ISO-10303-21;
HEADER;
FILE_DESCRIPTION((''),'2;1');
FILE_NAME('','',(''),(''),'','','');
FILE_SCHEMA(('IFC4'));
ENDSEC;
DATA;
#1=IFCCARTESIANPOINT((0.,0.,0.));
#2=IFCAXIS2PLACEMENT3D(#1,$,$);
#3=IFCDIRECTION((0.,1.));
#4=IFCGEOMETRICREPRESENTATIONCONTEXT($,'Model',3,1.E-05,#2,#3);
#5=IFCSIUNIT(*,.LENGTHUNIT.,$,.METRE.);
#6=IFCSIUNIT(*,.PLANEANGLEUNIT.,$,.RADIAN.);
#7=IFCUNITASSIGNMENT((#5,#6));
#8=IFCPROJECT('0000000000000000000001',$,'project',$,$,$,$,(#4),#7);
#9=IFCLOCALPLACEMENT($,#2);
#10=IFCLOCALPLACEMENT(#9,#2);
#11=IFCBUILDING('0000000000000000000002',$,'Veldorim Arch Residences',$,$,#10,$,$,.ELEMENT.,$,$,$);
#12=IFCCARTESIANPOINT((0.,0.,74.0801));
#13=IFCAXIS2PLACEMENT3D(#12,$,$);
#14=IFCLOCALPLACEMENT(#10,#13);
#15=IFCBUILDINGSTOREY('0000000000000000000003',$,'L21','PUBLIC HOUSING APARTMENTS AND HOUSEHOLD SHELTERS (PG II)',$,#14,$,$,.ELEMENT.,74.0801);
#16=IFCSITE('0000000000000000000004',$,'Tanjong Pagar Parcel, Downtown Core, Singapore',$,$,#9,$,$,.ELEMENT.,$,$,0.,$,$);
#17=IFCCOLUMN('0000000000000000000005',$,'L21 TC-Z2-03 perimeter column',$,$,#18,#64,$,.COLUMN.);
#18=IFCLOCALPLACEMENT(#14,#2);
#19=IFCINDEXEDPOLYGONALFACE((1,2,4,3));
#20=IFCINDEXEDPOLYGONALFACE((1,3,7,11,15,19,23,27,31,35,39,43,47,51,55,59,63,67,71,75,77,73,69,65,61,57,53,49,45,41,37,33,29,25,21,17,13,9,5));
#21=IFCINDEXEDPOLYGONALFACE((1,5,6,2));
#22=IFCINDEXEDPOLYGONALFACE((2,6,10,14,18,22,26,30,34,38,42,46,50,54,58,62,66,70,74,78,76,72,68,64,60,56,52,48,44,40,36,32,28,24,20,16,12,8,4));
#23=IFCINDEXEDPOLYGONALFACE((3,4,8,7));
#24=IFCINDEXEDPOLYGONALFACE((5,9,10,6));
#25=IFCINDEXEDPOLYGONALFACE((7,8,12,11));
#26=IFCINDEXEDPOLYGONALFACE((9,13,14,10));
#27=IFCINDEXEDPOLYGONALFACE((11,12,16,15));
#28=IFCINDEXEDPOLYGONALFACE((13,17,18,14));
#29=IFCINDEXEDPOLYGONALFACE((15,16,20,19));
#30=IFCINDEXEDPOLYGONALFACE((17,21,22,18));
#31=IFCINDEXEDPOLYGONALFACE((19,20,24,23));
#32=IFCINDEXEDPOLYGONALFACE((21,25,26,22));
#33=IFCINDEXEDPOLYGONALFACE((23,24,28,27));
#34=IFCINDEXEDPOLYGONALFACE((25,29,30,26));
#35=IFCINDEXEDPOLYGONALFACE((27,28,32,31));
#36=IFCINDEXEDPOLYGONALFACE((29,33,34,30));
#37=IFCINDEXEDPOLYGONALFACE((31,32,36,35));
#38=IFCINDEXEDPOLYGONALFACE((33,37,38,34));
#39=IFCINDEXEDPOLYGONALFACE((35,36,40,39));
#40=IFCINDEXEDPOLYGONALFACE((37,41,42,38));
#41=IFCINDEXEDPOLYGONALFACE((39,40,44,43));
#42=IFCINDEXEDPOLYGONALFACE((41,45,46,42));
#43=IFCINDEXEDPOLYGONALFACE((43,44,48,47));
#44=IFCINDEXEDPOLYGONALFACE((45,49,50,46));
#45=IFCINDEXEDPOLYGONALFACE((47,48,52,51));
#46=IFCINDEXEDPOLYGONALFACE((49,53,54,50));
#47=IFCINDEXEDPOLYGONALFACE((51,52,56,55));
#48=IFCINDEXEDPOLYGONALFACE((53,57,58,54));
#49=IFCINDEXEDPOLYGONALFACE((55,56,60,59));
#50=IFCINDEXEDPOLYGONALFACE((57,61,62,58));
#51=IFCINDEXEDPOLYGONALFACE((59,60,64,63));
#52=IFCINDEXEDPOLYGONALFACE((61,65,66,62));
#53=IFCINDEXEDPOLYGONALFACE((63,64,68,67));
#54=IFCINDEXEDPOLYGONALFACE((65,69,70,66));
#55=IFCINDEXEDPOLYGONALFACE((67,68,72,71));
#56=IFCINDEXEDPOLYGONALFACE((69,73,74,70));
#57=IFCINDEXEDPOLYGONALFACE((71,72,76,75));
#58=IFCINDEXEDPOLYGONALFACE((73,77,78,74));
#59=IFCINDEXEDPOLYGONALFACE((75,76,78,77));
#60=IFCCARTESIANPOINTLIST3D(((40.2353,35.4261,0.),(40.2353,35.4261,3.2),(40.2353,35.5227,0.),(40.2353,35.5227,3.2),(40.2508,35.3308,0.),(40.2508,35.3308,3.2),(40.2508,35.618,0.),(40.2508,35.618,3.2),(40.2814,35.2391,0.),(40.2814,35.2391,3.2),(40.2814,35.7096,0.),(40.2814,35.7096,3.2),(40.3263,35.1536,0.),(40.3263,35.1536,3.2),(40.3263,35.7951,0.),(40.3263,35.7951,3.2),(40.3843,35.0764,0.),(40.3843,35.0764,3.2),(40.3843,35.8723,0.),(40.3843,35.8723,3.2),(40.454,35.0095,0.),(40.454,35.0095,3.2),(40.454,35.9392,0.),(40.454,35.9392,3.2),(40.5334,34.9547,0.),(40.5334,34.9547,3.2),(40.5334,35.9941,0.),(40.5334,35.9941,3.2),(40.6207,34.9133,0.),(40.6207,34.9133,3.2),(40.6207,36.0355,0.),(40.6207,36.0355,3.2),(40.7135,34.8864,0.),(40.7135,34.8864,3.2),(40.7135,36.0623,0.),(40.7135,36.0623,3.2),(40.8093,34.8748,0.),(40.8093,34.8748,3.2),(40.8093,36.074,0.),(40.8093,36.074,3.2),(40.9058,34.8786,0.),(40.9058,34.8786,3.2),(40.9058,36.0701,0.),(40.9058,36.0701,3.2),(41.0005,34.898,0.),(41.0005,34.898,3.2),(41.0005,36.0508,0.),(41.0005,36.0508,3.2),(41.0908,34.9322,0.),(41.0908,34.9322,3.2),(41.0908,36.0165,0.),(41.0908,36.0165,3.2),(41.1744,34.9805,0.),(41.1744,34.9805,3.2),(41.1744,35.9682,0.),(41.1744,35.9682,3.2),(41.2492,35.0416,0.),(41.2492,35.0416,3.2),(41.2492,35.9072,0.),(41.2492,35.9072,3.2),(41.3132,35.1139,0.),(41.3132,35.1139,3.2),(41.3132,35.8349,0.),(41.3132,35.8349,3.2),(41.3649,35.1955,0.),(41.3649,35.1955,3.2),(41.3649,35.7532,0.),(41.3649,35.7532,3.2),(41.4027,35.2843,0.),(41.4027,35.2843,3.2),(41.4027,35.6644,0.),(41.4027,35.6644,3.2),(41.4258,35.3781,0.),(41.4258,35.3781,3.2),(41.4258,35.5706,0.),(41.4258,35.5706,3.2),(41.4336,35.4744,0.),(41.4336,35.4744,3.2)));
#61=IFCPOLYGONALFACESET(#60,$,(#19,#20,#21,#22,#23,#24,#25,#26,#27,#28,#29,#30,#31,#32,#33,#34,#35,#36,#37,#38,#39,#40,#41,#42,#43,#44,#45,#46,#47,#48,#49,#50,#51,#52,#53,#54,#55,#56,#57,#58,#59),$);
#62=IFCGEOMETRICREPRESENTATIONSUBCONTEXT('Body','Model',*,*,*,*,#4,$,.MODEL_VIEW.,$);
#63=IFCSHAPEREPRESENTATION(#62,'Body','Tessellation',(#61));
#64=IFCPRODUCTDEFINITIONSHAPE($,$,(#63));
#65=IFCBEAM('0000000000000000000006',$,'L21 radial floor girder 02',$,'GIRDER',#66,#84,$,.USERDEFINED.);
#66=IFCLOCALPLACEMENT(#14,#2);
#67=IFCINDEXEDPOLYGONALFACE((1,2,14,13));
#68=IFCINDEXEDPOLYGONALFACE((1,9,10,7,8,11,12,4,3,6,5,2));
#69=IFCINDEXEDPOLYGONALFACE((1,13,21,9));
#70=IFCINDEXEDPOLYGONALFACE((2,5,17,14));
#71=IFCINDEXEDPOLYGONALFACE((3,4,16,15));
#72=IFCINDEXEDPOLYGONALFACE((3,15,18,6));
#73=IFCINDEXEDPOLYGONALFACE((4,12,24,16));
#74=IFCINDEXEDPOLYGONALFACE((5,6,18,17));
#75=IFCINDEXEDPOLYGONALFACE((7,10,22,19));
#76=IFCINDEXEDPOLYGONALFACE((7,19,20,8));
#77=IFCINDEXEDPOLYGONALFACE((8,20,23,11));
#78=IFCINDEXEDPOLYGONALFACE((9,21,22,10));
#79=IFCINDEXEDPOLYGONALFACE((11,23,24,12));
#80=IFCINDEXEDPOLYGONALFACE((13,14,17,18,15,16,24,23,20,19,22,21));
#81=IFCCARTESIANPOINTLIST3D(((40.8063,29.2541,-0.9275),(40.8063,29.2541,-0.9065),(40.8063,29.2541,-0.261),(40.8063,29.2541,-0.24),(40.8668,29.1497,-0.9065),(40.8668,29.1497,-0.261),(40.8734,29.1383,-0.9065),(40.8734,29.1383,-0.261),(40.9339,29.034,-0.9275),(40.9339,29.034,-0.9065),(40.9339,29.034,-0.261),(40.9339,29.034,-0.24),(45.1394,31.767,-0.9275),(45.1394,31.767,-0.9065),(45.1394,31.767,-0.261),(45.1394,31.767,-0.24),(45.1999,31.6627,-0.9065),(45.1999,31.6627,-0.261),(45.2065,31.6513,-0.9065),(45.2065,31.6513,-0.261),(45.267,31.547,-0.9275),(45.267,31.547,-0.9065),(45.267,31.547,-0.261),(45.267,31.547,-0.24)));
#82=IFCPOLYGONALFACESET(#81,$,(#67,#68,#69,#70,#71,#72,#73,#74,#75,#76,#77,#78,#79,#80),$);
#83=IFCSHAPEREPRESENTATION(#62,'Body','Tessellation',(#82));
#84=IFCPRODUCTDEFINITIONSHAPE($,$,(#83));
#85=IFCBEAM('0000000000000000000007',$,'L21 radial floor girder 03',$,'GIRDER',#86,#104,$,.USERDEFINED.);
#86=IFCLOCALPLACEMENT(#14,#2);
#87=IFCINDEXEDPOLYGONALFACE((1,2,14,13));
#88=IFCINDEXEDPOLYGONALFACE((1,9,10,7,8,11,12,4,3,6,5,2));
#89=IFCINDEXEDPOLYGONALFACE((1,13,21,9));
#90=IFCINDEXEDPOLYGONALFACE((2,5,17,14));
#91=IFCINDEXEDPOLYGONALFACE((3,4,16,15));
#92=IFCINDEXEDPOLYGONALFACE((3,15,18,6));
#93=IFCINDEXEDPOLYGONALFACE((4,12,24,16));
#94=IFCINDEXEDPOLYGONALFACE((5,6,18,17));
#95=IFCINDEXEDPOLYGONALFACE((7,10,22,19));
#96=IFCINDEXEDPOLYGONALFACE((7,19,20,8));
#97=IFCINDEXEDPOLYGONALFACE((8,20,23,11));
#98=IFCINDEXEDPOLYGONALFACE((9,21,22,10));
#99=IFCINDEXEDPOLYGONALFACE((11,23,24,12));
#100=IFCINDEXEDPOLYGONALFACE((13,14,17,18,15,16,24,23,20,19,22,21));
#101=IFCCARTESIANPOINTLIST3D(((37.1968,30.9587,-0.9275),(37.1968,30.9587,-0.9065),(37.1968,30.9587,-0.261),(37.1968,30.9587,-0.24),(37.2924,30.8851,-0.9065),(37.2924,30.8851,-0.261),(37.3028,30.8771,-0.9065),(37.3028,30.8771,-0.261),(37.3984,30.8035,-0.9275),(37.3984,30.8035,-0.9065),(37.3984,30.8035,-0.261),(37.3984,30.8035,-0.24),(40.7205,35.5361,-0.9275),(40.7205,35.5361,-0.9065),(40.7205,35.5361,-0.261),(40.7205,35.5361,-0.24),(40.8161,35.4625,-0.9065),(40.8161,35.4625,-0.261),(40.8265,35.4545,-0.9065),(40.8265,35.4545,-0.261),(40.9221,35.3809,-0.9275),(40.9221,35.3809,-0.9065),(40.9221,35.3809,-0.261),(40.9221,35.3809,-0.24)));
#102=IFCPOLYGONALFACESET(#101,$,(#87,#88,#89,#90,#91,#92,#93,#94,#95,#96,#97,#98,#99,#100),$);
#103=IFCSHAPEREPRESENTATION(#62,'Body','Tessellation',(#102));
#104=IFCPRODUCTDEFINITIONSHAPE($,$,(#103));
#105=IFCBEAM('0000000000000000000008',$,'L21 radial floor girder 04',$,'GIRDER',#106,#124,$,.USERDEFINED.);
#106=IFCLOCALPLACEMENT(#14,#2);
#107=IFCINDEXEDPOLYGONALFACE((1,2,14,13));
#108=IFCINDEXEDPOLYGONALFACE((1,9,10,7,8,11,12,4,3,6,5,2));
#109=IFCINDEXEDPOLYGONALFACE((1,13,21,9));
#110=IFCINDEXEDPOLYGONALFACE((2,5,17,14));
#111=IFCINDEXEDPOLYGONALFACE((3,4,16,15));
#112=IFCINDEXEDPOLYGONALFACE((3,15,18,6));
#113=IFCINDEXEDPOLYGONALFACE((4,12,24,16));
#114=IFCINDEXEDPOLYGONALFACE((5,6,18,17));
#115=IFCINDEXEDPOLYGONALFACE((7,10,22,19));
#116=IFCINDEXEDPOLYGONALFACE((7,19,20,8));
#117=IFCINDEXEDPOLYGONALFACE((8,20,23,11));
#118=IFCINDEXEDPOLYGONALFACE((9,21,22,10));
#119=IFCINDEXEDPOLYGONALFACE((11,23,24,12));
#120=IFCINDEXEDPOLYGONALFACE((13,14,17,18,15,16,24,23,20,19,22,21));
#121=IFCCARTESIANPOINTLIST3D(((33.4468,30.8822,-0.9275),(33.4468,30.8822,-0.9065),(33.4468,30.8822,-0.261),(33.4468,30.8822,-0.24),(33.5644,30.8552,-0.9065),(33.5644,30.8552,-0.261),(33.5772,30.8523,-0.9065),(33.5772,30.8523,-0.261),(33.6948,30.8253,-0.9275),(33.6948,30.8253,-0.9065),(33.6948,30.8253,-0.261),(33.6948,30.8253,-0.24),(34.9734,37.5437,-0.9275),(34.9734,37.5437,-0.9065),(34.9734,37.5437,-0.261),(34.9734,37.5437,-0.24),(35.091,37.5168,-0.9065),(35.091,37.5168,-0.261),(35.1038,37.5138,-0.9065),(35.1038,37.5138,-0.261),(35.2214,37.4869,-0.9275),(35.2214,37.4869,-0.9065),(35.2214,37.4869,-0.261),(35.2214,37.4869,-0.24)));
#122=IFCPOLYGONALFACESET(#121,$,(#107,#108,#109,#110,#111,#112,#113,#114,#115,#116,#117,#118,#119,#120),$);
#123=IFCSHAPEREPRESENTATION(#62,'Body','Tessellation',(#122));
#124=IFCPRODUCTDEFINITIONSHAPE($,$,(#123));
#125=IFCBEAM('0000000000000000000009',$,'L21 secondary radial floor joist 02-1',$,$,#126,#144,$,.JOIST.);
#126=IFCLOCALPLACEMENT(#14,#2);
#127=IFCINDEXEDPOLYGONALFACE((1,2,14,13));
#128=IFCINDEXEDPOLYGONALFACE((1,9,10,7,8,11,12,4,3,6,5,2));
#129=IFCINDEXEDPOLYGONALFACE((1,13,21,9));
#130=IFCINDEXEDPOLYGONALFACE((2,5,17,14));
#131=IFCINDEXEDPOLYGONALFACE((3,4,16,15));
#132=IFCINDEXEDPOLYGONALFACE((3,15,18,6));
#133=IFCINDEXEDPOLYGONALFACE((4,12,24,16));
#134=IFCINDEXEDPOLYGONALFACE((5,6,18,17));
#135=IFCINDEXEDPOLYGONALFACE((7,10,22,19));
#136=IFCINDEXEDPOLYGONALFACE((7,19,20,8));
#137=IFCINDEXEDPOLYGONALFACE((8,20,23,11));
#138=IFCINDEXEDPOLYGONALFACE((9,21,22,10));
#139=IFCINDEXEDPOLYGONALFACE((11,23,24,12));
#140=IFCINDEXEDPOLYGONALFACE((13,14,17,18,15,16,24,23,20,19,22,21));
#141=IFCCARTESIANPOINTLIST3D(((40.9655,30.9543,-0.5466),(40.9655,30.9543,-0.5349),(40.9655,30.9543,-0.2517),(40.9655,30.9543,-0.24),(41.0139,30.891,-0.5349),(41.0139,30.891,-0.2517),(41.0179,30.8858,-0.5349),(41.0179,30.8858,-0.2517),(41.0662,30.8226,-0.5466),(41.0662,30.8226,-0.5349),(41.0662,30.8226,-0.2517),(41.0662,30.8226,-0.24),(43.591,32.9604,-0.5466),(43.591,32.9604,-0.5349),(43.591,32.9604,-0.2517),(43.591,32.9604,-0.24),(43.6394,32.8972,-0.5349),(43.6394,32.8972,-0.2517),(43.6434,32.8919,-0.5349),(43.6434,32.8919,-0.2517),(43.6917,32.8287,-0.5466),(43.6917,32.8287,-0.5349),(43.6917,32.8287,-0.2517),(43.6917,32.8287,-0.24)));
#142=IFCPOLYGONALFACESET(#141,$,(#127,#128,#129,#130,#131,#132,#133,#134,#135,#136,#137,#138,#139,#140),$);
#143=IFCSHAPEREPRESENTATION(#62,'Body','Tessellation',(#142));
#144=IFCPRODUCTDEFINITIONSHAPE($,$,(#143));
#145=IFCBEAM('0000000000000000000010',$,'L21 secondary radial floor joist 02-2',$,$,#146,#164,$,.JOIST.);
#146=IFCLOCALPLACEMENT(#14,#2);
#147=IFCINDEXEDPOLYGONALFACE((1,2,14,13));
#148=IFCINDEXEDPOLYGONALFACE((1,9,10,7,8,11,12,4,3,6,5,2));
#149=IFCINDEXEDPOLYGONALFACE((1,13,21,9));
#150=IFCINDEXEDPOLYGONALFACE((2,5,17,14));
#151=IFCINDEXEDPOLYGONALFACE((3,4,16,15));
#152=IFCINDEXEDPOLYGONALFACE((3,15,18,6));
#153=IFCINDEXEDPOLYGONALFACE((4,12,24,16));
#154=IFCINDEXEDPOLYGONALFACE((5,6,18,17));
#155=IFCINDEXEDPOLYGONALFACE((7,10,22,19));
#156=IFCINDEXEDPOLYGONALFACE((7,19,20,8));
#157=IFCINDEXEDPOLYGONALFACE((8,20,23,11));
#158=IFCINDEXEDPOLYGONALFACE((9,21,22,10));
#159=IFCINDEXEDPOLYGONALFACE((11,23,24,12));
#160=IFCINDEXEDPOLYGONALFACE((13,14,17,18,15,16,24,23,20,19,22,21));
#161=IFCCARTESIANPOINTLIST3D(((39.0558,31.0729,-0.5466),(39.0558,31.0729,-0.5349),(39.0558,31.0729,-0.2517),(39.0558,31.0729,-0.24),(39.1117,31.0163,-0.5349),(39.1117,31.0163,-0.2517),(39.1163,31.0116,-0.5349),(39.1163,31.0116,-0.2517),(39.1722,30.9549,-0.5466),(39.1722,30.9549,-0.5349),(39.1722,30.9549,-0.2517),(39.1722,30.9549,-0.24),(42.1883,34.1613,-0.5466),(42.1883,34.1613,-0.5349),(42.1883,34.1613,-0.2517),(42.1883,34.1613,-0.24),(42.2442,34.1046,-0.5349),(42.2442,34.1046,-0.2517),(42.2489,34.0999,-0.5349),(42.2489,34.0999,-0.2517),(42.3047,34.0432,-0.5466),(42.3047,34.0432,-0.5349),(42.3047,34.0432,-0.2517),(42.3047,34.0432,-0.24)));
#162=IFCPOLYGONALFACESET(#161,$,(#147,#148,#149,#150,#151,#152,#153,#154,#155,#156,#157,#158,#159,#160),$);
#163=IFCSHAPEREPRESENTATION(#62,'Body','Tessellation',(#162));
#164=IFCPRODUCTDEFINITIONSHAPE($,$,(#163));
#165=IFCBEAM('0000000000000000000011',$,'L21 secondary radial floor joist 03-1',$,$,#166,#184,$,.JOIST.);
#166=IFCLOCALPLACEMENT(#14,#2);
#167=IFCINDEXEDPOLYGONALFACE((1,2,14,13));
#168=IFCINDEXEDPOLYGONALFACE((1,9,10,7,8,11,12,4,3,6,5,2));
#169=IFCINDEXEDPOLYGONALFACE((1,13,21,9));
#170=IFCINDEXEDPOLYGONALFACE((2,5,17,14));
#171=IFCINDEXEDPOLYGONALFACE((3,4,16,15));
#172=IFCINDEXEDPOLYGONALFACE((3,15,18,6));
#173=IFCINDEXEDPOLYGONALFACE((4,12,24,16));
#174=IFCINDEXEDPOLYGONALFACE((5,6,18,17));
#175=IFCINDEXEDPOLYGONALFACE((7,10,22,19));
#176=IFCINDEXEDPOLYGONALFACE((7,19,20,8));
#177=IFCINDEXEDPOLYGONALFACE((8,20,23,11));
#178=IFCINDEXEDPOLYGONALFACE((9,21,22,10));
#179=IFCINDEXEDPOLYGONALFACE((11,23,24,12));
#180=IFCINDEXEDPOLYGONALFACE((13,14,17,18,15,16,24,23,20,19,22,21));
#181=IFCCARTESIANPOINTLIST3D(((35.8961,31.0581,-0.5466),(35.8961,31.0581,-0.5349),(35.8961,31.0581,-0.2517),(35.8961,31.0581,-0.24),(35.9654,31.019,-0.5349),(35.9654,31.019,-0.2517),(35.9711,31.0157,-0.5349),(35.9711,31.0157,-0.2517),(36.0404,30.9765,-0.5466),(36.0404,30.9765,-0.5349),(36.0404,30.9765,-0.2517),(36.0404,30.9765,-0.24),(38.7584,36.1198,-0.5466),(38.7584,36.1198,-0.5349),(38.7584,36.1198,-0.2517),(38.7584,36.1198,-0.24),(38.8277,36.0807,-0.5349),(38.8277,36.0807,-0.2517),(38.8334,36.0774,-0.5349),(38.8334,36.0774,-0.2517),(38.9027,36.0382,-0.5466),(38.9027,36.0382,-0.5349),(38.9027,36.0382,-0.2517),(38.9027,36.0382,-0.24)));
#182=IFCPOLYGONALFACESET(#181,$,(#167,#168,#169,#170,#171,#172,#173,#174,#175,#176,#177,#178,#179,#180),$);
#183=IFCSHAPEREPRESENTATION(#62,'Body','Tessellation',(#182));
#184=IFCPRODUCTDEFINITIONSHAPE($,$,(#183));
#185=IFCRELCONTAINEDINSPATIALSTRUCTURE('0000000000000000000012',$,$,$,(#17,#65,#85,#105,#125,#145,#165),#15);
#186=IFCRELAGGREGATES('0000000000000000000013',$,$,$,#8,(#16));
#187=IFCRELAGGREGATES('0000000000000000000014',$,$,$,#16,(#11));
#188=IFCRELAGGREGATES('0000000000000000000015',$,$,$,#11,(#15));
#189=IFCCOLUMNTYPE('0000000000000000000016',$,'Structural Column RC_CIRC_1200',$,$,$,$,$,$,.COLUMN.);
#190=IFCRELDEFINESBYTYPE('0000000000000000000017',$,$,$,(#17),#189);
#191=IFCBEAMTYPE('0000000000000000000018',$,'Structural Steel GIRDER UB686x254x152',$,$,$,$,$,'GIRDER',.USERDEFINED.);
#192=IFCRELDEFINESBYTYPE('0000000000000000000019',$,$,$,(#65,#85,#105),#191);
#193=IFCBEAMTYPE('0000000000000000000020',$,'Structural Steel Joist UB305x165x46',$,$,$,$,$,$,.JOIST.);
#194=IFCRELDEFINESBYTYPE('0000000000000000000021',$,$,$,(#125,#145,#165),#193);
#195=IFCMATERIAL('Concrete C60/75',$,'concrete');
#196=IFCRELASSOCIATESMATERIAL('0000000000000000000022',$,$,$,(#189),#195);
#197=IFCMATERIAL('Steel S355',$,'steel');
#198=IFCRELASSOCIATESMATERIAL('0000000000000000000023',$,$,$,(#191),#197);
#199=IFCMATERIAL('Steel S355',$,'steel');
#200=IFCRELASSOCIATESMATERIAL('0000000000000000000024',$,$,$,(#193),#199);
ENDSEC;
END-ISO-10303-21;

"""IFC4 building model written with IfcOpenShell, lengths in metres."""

from ifc_helpers import new_model, si_unit, direction, frame, origin, origin_2d, place, context, subcontext, project, spatial, circle, i_section, extrude, material, material_profile, profile_set, type_object, element, save


model = new_model("IFC4")

# Units and contexts
model_context = context("Model", 3, precision=1e-05, world=origin(), true_north=direction((0.0, 1.0)))
body_context = subcontext(model_context, "Body", "Model", "MODEL_VIEW")
ifc_project = project(units=[si_unit("LENGTHUNIT", "METRE"), si_unit("PLANEANGLEUNIT", "RADIAN")], contexts=[model_context])

# Site, building, storey
site_placement = place(None, origin())
site = spatial("IfcSite", under=ifc_project, at=site_placement, Name="Tanjong Pagar Parcel, Downtown Core, Singapore", CompositionType="ELEMENT", RefElevation=0.0)
building_placement = place(site_placement, origin())
building = spatial("IfcBuilding", under=site, at=building_placement, Name="Veldorim Arch Residences", CompositionType="ELEMENT")
storey_placement = place(building_placement, frame((0.0, 0.0, 74.0801)))
storey = spatial("IfcBuildingStorey", under=building, at=storey_placement, Name="L21", Description="PUBLIC HOUSING APARTMENTS AND HOUSEHOLD SHELTERS (PG II)", CompositionType="ELEMENT", Elevation=74.0801)

# Column
ifc_material_1 = material(Name="Concrete C60/75", Category="concrete")
ifc_material_profile_1 = material_profile(ifc_material_1, circle(Radius=0.6001, at=origin_2d()), Name="RC_CIRC_1200")
ifc_profile_set_1 = profile_set([ifc_material_profile_1], Name="Concrete C60/75")
column_type = type_object("IfcColumnType", Name="Structural Column RC_CIRC_1200", PredefinedType="COLUMN", material=ifc_profile_set_1)
column_placement = place(storey_placement, frame((40.8335, 35.4744, 0.0), z_axis=(0.0, 0.0, 1.0), x_axis=(1.0, 0.0, 0.0)))
element("IfcColumn", 1, at=column_placement, inside=storey, type_object=column_type, Name="L21 TC-Z2-03 perimeter column", PredefinedType="COLUMN", context=body_context, shape_type="SweptSolid", body=[
    extrude(circle(Radius=0.6001, at=origin_2d()), origin(), (0.0, 0.0, 1.0), 3.2),
])

# Beams
ifc_material_2 = material(Name="Steel S355", Category="steel")
ifc_material_profile_2 = material_profile(ifc_material_2, i_section(OverallWidth=0.2544, OverallDepth=0.6875, WebThickness=0.0132, FlangeThickness=0.021, at=origin_2d()), Name="UB686x254x152")
ifc_profile_set_2 = profile_set([ifc_material_profile_2], Name="Steel S355")
beam_type_1 = type_object("IfcBeamType", Name="Structural Steel GIRDER UB686x254x152", ElementType="GIRDER", PredefinedType="USERDEFINED", material=ifc_profile_set_2)
beam_1_placement = place(storey_placement, frame((40.8701, 29.144, -0.5837), z_axis=(0.865049, 0.501687, 0.0), x_axis=(-0.501687, 0.865049, 0.0)))
element("IfcBeam", 2, at=beam_1_placement, inside=storey, type_object=beam_type_1, Name="L21 radial floor girder 02", ObjectType="GIRDER", PredefinedType="USERDEFINED", context=body_context, shape_type="SweptSolid", body=[
    extrude(i_section(OverallWidth=0.2544, OverallDepth=0.6875, WebThickness=0.0132, FlangeThickness=0.021, at=origin_2d()), origin(), (0.0, 0.0, 1.0), 5.009),
])
beam_2_placement = place(storey_placement, frame((37.2976, 30.8811, -0.5837), z_axis=(0.609995, 0.792406, 0.0), x_axis=(-0.792406, 0.609995, 0.0)))
element("IfcBeam", 3, at=beam_2_placement, inside=storey, type_object=beam_type_1, Name="L21 radial floor girder 03", ObjectType="GIRDER", PredefinedType="USERDEFINED", context=body_context, shape_type="SweptSolid", body=[
    extrude(i_section(OverallWidth=0.2544, OverallDepth=0.6875, WebThickness=0.0132, FlangeThickness=0.021, at=origin_2d()), origin(), (0.0, 0.0, 1.0), 5.7766),
])
beam_3_placement = place(storey_placement, frame((33.5708, 30.8538, -0.5837), z_axis=(0.223375, 0.974733, 0.0), x_axis=(-0.974733, 0.223375, 0.0)))
element("IfcBeam", 4, at=beam_3_placement, inside=storey, type_object=beam_type_1, Name="L21 radial floor girder 04", ObjectType="GIRDER", PredefinedType="USERDEFINED", context=body_context, shape_type="SweptSolid", body=[
    extrude(i_section(OverallWidth=0.2544, OverallDepth=0.6875, WebThickness=0.0132, FlangeThickness=0.021, at=origin_2d()), origin(), (0.0, 0.0, 1.0), 6.8342),
])
ifc_material_3 = material(Name="Steel S355", Category="steel")
ifc_material_profile_3 = material_profile(ifc_material_3, i_section(OverallWidth=0.1658, OverallDepth=0.3066, WebThickness=0.0066, FlangeThickness=0.0117, at=origin_2d()), Name="UB305x165x46")
ifc_profile_set_3 = profile_set([ifc_material_profile_3], Name="Steel S355")
beam_type_2 = type_object("IfcBeamType", Name="Structural Steel Joist UB305x165x46", PredefinedType="JOIST", material=ifc_profile_set_3)
beam_4_placement = place(storey_placement, frame((41.0159, 30.8884, -0.3933), z_axis=(0.794595, 0.60714, 0.0), x_axis=(-0.60714, 0.794595, 0.0)))
element("IfcBeam", 5, at=beam_4_placement, inside=storey, type_object=beam_type_2, Name="L21 secondary radial floor joist 02-1", PredefinedType="JOIST", context=body_context, shape_type="SweptSolid", body=[
    extrude(i_section(OverallWidth=0.1658, OverallDepth=0.3066, WebThickness=0.0066, FlangeThickness=0.0117, at=origin_2d()), origin(), (0.0, 0.0, 1.0), 3.3042),
])
beam_5_placement = place(storey_placement, frame((39.114, 31.0139, -0.3933), z_axis=(0.712112, 0.702066, 0.0), x_axis=(-0.702066, 0.712112, 0.0)))
element("IfcBeam", 6, at=beam_5_placement, inside=storey, type_object=beam_type_2, Name="L21 secondary radial floor joist 02-2", PredefinedType="JOIST", context=body_context, shape_type="SweptSolid", body=[
    extrude(i_section(OverallWidth=0.1658, OverallDepth=0.3066, WebThickness=0.0066, FlangeThickness=0.0117, at=origin_2d()), origin(), (0.0, 0.0, 1.0), 4.3989),
])
beam_6_placement = place(storey_placement, frame((35.9683, 31.0173, -0.3933), z_axis=(0.492227, 0.870467, 0.0), x_axis=(-0.870467, 0.492227, 0.0)))
element("IfcBeam", 7, at=beam_6_placement, inside=storey, type_object=beam_type_2, Name="L21 secondary radial floor joist 03-1", PredefinedType="JOIST", context=body_context, shape_type="SweptSolid", body=[
    extrude(i_section(OverallWidth=0.1658, OverallDepth=0.3066, WebThickness=0.0066, FlangeThickness=0.0117, at=origin_2d()), origin(), (0.0, 0.0, 1.0), 5.8149),
])

save(model, "model.ifc")
